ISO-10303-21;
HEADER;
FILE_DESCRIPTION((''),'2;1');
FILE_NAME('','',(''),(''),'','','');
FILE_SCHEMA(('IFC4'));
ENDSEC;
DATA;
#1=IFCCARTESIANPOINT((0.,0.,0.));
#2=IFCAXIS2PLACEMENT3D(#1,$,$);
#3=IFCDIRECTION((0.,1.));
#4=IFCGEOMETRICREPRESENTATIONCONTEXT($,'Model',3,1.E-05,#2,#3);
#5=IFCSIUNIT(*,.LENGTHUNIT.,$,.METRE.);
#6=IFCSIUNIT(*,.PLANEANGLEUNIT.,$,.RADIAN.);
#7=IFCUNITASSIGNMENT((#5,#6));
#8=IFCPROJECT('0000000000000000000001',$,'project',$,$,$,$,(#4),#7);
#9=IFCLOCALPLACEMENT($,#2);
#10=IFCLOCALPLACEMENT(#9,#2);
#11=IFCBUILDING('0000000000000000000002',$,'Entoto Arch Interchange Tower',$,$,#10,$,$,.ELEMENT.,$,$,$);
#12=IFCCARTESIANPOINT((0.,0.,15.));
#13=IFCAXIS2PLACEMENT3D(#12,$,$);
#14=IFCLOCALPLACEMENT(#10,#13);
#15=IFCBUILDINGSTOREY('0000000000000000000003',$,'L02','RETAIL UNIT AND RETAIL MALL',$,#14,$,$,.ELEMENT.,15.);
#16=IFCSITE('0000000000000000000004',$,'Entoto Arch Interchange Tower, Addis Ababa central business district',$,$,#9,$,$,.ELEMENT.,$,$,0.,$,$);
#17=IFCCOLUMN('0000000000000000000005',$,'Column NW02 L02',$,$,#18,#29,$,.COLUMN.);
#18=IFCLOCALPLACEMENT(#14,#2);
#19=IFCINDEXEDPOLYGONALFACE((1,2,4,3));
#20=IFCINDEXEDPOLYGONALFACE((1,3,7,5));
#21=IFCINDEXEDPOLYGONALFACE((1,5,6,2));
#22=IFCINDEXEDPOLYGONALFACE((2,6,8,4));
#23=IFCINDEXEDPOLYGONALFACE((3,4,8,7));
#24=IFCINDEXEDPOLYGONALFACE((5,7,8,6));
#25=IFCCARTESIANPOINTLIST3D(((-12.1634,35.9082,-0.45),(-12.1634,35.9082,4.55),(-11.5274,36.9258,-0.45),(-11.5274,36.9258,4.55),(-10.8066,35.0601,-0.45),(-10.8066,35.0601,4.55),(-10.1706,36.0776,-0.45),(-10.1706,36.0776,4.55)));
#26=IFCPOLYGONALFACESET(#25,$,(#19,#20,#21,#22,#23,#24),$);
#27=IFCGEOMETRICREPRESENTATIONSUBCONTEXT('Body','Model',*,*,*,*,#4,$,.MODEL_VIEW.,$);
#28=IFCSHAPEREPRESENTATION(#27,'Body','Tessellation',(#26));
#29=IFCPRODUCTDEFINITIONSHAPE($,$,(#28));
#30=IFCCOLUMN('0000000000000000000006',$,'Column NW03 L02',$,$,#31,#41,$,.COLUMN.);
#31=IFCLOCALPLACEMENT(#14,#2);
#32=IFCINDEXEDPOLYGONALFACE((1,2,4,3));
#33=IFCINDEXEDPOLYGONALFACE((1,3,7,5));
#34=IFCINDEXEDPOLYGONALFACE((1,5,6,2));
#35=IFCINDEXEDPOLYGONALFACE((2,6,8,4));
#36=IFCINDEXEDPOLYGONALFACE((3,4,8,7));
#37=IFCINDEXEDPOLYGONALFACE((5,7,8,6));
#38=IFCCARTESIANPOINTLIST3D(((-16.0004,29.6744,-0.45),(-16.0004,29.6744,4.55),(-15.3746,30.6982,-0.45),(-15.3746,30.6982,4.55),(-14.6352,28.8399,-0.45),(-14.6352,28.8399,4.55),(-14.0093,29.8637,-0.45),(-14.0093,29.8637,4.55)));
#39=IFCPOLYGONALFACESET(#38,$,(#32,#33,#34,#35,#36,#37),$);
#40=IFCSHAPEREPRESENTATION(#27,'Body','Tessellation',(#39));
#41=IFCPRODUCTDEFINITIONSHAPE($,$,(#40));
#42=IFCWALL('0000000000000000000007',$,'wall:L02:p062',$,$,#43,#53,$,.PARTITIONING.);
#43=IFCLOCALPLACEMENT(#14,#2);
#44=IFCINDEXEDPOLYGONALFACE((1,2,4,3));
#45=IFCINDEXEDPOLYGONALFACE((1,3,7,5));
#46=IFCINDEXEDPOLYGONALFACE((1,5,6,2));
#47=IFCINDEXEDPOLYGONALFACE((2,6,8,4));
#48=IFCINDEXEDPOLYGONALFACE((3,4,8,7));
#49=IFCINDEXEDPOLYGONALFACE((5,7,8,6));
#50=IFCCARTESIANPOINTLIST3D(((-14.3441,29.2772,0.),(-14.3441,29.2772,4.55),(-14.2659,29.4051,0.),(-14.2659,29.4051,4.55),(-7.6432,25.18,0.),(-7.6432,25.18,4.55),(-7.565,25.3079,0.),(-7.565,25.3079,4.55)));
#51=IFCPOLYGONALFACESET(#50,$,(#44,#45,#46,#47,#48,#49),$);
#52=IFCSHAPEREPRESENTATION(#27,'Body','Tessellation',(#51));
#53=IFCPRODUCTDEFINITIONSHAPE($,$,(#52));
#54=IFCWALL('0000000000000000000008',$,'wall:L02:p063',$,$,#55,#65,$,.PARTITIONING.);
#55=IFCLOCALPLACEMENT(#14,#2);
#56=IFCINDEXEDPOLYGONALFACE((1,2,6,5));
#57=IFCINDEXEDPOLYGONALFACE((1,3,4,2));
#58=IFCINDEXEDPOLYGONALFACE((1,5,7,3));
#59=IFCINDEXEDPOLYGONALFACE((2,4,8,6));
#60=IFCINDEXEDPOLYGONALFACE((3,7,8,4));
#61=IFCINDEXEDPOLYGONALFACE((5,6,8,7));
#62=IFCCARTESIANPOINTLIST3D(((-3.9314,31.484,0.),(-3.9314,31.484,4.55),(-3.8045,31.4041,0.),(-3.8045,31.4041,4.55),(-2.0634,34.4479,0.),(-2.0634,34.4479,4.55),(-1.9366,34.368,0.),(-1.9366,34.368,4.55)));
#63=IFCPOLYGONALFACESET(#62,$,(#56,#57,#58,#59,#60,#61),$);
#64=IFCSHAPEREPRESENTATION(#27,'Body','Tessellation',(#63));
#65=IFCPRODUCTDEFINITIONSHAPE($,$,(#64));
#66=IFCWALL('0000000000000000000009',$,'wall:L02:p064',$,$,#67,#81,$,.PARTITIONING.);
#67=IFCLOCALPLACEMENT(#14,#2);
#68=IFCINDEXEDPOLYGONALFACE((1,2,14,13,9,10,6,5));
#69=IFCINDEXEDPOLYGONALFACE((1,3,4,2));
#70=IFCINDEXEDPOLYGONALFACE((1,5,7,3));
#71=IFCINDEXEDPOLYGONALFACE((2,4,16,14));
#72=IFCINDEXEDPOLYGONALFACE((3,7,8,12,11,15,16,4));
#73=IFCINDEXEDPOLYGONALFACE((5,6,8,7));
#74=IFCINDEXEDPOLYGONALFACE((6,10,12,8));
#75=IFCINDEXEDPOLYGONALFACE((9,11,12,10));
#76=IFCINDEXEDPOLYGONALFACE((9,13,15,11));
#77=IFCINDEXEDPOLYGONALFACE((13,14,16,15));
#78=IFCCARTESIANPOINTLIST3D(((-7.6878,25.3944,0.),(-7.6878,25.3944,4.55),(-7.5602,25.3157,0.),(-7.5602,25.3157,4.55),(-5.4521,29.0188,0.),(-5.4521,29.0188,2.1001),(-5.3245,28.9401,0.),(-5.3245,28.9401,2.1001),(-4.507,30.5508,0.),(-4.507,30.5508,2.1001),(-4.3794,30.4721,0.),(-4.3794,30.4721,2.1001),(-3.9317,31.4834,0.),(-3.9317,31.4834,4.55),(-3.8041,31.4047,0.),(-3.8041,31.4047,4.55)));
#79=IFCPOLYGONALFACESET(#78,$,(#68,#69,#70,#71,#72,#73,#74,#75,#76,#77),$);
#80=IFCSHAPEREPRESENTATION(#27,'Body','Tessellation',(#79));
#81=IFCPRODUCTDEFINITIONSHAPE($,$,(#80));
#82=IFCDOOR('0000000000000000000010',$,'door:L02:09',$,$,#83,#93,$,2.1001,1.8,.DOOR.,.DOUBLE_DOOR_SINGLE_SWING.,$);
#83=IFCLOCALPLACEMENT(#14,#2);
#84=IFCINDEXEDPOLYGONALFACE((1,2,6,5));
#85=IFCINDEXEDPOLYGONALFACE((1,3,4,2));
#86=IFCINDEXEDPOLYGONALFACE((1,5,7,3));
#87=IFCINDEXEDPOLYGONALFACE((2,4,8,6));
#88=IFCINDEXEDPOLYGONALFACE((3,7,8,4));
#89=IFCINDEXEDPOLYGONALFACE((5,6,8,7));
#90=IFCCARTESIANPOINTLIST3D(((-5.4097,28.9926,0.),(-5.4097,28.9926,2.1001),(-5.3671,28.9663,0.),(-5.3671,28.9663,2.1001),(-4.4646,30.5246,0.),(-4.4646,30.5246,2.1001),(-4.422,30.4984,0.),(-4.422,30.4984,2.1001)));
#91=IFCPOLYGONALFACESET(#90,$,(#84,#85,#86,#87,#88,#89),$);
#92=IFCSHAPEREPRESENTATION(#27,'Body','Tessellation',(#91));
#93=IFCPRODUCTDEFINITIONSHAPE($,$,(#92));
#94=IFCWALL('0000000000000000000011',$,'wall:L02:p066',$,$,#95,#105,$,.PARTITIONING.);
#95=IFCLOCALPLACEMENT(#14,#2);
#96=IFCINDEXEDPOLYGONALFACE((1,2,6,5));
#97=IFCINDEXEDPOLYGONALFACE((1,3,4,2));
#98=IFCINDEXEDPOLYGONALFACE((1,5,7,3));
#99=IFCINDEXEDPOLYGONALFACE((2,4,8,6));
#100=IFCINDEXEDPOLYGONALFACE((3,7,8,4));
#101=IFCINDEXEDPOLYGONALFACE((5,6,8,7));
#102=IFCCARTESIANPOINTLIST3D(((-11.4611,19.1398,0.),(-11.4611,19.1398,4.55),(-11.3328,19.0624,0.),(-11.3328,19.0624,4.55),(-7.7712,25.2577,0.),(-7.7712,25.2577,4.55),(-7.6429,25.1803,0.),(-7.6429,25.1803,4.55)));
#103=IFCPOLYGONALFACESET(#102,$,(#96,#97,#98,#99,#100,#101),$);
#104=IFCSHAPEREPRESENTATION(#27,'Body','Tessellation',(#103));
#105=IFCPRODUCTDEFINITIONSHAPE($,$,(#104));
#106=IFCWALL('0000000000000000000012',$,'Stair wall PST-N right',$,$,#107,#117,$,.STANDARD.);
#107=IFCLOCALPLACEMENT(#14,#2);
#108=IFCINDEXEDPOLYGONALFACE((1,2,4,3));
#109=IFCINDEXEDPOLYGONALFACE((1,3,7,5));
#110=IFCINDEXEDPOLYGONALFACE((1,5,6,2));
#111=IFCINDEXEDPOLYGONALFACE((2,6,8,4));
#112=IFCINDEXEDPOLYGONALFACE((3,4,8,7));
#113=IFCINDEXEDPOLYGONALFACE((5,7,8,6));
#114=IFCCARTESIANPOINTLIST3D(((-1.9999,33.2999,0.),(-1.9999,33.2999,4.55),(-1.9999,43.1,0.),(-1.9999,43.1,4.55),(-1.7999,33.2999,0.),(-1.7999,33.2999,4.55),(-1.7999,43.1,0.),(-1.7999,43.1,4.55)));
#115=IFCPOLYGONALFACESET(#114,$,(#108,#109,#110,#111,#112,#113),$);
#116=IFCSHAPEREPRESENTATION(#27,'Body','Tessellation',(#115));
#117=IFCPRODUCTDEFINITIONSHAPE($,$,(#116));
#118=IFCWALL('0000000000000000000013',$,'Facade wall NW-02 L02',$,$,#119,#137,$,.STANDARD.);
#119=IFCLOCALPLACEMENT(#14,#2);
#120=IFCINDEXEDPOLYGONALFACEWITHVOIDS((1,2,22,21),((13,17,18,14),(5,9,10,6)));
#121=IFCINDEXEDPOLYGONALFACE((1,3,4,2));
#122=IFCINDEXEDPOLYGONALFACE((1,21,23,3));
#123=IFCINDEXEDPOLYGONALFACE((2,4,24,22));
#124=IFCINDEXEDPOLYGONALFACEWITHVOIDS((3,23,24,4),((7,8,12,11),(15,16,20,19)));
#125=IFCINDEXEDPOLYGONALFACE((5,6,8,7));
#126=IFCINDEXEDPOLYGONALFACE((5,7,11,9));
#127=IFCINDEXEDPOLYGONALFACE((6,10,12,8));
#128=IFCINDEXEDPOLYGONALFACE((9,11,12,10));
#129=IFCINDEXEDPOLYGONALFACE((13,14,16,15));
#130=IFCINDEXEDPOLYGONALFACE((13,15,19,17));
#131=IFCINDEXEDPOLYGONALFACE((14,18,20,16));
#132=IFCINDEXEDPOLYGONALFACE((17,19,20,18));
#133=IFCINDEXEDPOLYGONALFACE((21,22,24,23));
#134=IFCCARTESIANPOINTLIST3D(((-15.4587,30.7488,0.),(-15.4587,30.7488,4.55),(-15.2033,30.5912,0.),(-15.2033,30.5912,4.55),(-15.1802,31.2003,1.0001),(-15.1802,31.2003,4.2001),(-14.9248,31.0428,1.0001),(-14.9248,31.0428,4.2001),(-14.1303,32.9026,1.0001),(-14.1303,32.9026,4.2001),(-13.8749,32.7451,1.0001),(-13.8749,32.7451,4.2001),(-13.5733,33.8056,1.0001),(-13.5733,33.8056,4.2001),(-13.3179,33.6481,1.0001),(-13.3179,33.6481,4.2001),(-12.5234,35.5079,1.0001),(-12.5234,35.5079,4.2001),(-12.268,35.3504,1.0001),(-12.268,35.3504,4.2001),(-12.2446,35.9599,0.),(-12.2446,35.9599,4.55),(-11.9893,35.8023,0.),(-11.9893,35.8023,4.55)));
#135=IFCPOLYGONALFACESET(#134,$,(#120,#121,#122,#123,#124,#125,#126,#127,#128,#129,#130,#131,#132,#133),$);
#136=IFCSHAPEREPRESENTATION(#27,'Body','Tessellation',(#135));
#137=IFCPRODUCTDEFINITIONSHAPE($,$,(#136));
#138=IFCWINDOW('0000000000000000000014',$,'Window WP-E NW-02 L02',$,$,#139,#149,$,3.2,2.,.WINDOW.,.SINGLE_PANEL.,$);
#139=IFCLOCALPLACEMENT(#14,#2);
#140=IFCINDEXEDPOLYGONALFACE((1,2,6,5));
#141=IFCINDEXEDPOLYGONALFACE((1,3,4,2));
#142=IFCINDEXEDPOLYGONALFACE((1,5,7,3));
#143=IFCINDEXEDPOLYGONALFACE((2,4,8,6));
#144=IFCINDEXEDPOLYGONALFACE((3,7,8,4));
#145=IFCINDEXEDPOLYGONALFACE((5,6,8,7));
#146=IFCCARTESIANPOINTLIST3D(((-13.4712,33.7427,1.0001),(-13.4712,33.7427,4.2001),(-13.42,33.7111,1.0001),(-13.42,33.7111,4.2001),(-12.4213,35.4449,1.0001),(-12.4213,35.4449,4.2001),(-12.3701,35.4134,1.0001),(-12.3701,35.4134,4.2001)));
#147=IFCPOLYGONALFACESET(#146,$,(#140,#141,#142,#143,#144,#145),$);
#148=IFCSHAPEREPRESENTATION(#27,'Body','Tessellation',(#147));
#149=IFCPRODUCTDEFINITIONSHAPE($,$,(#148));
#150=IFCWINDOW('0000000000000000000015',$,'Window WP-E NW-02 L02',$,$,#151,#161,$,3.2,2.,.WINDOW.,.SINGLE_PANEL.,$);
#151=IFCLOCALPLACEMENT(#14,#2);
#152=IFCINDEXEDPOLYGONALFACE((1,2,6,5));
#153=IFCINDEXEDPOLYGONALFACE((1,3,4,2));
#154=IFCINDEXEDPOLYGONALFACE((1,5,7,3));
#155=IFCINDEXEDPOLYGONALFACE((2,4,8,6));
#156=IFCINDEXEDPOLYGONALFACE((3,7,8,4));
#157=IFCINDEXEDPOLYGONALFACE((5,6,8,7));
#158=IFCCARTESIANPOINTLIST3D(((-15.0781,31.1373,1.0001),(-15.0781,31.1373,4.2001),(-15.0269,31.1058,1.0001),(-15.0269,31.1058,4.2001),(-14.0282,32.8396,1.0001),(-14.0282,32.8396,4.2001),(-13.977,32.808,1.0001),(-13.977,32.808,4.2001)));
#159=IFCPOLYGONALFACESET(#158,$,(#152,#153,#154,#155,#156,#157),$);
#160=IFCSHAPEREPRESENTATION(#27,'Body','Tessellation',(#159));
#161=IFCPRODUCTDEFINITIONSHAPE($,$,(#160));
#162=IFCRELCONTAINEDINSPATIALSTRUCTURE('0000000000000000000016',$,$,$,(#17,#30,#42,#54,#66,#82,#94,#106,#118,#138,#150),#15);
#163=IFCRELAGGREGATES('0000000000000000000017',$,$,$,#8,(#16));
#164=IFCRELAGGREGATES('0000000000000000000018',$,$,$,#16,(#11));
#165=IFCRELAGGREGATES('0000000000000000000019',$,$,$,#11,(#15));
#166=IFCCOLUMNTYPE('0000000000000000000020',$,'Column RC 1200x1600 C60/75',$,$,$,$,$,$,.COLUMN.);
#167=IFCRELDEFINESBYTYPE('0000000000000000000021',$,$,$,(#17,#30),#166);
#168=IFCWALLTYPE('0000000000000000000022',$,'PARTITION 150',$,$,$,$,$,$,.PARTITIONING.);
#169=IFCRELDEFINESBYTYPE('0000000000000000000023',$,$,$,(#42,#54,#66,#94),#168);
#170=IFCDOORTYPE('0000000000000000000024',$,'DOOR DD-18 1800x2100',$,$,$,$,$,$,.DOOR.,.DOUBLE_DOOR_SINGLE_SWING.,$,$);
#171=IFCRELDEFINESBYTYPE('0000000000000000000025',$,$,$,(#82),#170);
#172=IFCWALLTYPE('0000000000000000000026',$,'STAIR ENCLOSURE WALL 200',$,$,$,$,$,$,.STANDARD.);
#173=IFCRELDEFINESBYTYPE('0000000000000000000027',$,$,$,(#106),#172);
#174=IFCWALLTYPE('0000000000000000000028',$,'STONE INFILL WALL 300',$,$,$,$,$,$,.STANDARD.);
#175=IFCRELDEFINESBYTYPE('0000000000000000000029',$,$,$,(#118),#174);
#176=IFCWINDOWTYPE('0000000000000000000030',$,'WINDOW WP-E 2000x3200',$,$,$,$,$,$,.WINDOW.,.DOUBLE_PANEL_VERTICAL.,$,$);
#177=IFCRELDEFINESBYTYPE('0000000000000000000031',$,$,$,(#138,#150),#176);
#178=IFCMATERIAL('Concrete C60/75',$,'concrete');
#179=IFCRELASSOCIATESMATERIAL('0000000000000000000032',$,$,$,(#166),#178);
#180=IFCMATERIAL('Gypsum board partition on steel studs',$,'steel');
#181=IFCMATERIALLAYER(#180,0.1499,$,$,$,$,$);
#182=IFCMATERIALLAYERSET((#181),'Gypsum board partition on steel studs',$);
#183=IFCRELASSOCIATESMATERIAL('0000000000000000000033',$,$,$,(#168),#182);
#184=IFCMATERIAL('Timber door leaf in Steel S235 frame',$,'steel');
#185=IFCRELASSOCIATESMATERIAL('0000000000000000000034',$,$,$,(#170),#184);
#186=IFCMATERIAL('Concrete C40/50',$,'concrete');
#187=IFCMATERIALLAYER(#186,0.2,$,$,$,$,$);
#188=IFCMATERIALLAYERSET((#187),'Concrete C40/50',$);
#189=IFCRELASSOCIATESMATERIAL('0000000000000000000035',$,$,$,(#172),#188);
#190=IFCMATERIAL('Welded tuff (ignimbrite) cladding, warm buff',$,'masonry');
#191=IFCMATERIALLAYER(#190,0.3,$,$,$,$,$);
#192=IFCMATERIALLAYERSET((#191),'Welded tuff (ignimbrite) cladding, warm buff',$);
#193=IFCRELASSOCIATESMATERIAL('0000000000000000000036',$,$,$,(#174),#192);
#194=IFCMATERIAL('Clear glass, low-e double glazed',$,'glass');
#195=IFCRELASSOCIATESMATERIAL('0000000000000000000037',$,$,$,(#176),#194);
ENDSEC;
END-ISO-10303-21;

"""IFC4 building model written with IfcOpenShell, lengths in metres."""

from ifc_helpers import new_model, si_unit, direction, frame, frame_2d, origin, origin_2d, place, context, subcontext, project, spatial, rectangle, extrude, material, layer, layer_set, material_profile, profile_set, type_object, element, fill, save


model = new_model("IFC4")

# Units and contexts
model_context = context("Model", 3, precision=1e-05, world=origin(), true_north=direction((0.0, 1.0)))
body_context = subcontext(model_context, "Body", "Model", "MODEL_VIEW")
ifc_project = project(units=[si_unit("LENGTHUNIT", "METRE"), si_unit("PLANEANGLEUNIT", "RADIAN")], contexts=[model_context])

# Site, building, storey
site_placement = place(None, origin())
site = spatial("IfcSite", under=ifc_project, at=site_placement, Name="Entoto Arch Interchange Tower, Addis Ababa central business district", CompositionType="ELEMENT", RefElevation=0.0)
building_placement = place(site_placement, origin())
building = spatial("IfcBuilding", under=site, at=building_placement, Name="Entoto Arch Interchange Tower", CompositionType="ELEMENT")
storey_placement = place(building_placement, frame((0.0, 0.0, 15.0)))
storey = spatial("IfcBuildingStorey", under=building, at=storey_placement, Name="L02", Description="RETAIL UNIT AND RETAIL MALL", CompositionType="ELEMENT", Elevation=15.0)

# Columns
ifc_material_1 = material(Name="Concrete C60/75", Category="concrete")
ifc_material_profile = material_profile(ifc_material_1, rectangle(XDim=1.2, YDim=1.6001, at=origin_2d()))
ifc_profile_set = profile_set([ifc_material_profile], Name="Concrete C60/75")
column_type = type_object("IfcColumnType", Name="Column RC 1200x1600 C60/75", PredefinedType="COLUMN", material=ifc_profile_set)
for number, where, z_axis, x_axis, name in (
    (1, (-11.167, 35.9929, -0.45), (0.0, 0.0, 1.0), (0.530067, 0.847956, 0.0), "Column NW02 L02"),
    (2, (-15.0049, 29.769, -0.45), (0.0, 0.0, 1.0), (0.521546, 0.853223, 0.0), "Column NW03 L02"),
):
    element("IfcColumn", number, at=place(storey_placement, frame(where, z_axis=z_axis, x_axis=x_axis)), inside=storey, type_object=column_type, Name=name, PredefinedType="COLUMN", context=body_context, shape_type="SweptSolid", body=[
        extrude(rectangle(XDim=1.2, YDim=1.6001, at=origin_2d()), origin(), (0.0, 0.0, 1.0), 5.0),
    ])

# Walls
ifc_material_2 = material(Name="Gypsum board partition on steel studs", Category="steel")
ifc_layer_1 = layer(ifc_material_2, 0.1499)
ifc_layer_set_1 = layer_set([ifc_layer_1], Name="Gypsum board partition on steel studs")
wall_type_1 = type_object("IfcWallType", Name="PARTITION 150", PredefinedType="PARTITIONING", material=ifc_layer_set_1)
wall_1_placement = place(storey_placement, frame((-7.604, 25.2439, 0.0), z_axis=(0.0, 0.0, 1.0), x_axis=(-0.85316, 0.52165, 0.0)))
element("IfcWall", 3, at=wall_1_placement, inside=storey, type_object=wall_type_1, Name="wall:L02:p062", PredefinedType="PARTITIONING", context=body_context, shape_type="SweptSolid", body=[
    extrude(rectangle(XDim=7.8542, YDim=0.1499, at=frame_2d((3.9272, 0.0))), origin(), (0.0, 0.0, 1.0), 4.55),
])
wall_2_placement = place(storey_placement, frame((-2.0, 34.408, 0.0), z_axis=(0.0, 0.0, 1.0), x_axis=(-0.533177, -0.846004, 0.0)))
element("IfcWall", 4, at=wall_2_placement, inside=storey, type_object=wall_type_1, Name="wall:L02:p063", PredefinedType="PARTITIONING", context=body_context, shape_type="SweptSolid", body=[
    extrude(rectangle(XDim=3.5034, YDim=0.1499, at=frame_2d((1.7517, 0.0))), origin(), (0.0, 0.0, 1.0), 4.55),
])

# Wall, opening, door
wall_3_placement = place(storey_placement, frame((-3.8679, 31.4441, 0.0), z_axis=(0.0, 0.0, 1.0), x_axis=(-0.525005, -0.851099, 0.0)))
wall_3 = element("IfcWall", 5, at=wall_3_placement, inside=storey, type_object=wall_type_1, Name="wall:L02:p064", PredefinedType="PARTITIONING", context=body_context, shape_type="SweptSolid", body=[
    extrude(rectangle(XDim=7.1543, YDim=0.1499, at=frame_2d((3.5771, 0.0))), origin(), (0.0, 0.0, 1.0), 4.55),
])
opening_1_placement = place(wall_3_placement, frame((1.0959, 0.0, 0.0)))
opening_1 = element("IfcOpeningElement", 6, at=opening_1_placement, cuts=wall_3, PredefinedType="OPENING", context=body_context, shape_type="SweptSolid", body=[
    extrude(rectangle(XDim=1.8, YDim=2.1001, at=frame_2d((0.8999, 1.05))), frame((0.0, 0.085, 0.0), z_axis=(0.0, -1.0, 0.0), x_axis=(1.0, 0.0, 0.0)), (0.0, 0.0, 1.0), 0.1699),
])
ifc_material_3 = material(Name="Timber door leaf in Steel S235 frame", Category="steel")
door_type = type_object("IfcDoorType", Name="DOOR DD-18 1800x2100", OperationType="DOUBLE_DOOR_SINGLE_SWING", PredefinedType="DOOR", material=ifc_material_3)
door_placement = place(opening_1_placement, origin())
door = element("IfcDoor", 7, at=door_placement, inside=storey, type_object=door_type, Name="door:L02:09", OperationType="DOUBLE_DOOR_SINGLE_SWING", OverallHeight=2.1001, OverallWidth=1.8, PredefinedType="DOOR", context=body_context, shape_type="SweptSolid", body=[
    extrude(rectangle(XDim=1.8, YDim=2.1001, at=frame_2d((0.8999, 1.05))), frame((0.0, 0.0249, 0.0), z_axis=(0.0, -1.0, 0.0), x_axis=(1.0, 0.0, 0.0)), (0.0, 0.0, 1.0), 0.05),
])
fill(opening_1, door)

# Walls
wall_4_placement = place(storey_placement, frame((-7.707, 25.219, 0.0), z_axis=(0.0, 0.0, 1.0), x_axis=(-0.516469, -0.856306, 0.0)))
element("IfcWall", 8, at=wall_4_placement, inside=storey, type_object=wall_type_1, Name="wall:L02:p066", PredefinedType="PARTITIONING", context=body_context, shape_type="SweptSolid", body=[
    extrude(rectangle(XDim=7.1445, YDim=0.1499, at=frame_2d((3.5723, 0.0))), origin(), (0.0, 0.0, 1.0), 4.55),
])
ifc_material_4 = material(Name="Concrete C40/50", Category="concrete")
ifc_layer_2 = layer(ifc_material_4, 0.2)
ifc_layer_set_2 = layer_set([ifc_layer_2], Name="Concrete C40/50")
wall_type_2 = type_object("IfcWallType", Name="STAIR ENCLOSURE WALL 200", PredefinedType="STANDARD", material=ifc_layer_set_2)
wall_5_placement = place(storey_placement, frame((-1.8999, 33.3, 0.0), z_axis=(0.0, 0.0, 1.0), x_axis=(0.0, 1.0, 0.0)))
element("IfcWall", 9, at=wall_5_placement, inside=storey, type_object=wall_type_2, Name="Stair wall PST-N right", PredefinedType="STANDARD", context=body_context, shape_type="SweptSolid", body=[
    extrude(rectangle(XDim=9.8, YDim=0.2, at=frame_2d((4.8999, 0.0))), origin(), (0.0, 0.0, 1.0), 4.55),
])

# Wall, openings, windows
ifc_material_5 = material(Name="Welded tuff (ignimbrite) cladding, warm buff", Category="masonry")
ifc_layer_3 = layer(ifc_material_5, 0.3)
ifc_layer_set_3 = layer_set([ifc_layer_3], Name="Welded tuff (ignimbrite) cladding, warm buff")
wall_type_3 = type_object("IfcWallType", Name="STONE INFILL WALL 300", PredefinedType="STANDARD", material=ifc_layer_set_3)
wall_6_placement = place(storey_placement, frame((-12.1169, 35.8811, 0.0), z_axis=(0.0, 0.0, 1.0), x_axis=(-0.524954, -0.851131, 0.0)))
wall_6 = element("IfcWall", 10, at=wall_6_placement, inside=storey, type_object=wall_type_3, Name="Facade wall NW-02 L02", PredefinedType="STANDARD", context=body_context, shape_type="SweptSolid", body=[
    extrude(rectangle(XDim=6.1226, YDim=0.3, at=frame_2d((3.0613, 0.0))), origin(), (0.0, 0.0, 1.0), 4.55),
])
opening_2_placement = place(wall_6_placement, frame((0.531, 0.0, 1.0)))
opening_2 = element("IfcOpeningElement", 11, at=opening_2_placement, cuts=wall_6, PredefinedType="OPENING", context=body_context, shape_type="SweptSolid", body=[
    extrude(rectangle(XDim=2.0, YDim=3.2, at=frame_2d((1.0, 1.6001))), frame((0.0, 0.1602, 0.0), z_axis=(0.0, -1.0, 0.0), x_axis=(1.0, 0.0, 0.0)), (0.0, 0.0, 1.0), 0.3201),
])
opening_3_placement = place(wall_6_placement, frame((3.592, 0.0, 1.0)))
opening_3 = element("IfcOpeningElement", 12, at=opening_3_placement, cuts=wall_6, PredefinedType="OPENING", context=body_context, shape_type="SweptSolid", body=[
    extrude(rectangle(XDim=2.0, YDim=3.2, at=frame_2d((1.0, 1.6001))), frame((0.0, 0.1602, 0.0), z_axis=(0.0, -1.0, 0.0), x_axis=(1.0, 0.0, 0.0)), (0.0, 0.0, 1.0), 0.3201),
])
ifc_material_6 = material(Name="Clear glass, low-e double glazed", Category="glass")
window_type = type_object("IfcWindowType", Name="WINDOW WP-E 2000x3200", PartitioningType="DOUBLE_PANEL_VERTICAL", PredefinedType="WINDOW", material=ifc_material_6)
window_1_placement = place(opening_2_placement, origin())
window_1 = element("IfcWindow", 13, at=window_1_placement, inside=storey, type_object=window_type, Name="Window WP-E NW-02 L02", OverallHeight=3.2, OverallWidth=2.0, PartitioningType="SINGLE_PANEL", PredefinedType="WINDOW", context=body_context, shape_type="SweptSolid", body=[
    extrude(rectangle(XDim=2.0, YDim=3.2, at=frame_2d((1.0, 1.6001))), frame((0.0, 0.03, 0.0), z_axis=(0.0, -1.0, 0.0), x_axis=(1.0, 0.0, 0.0)), (0.0, 0.0, 1.0), 0.0601),
])
fill(opening_2, window_1)
window_2_placement = place(opening_3_placement, origin())
window_2 = element("IfcWindow", 14, at=window_2_placement, inside=storey, type_object=window_type, Name="Window WP-E NW-02 L02", OverallHeight=3.2, OverallWidth=2.0, PartitioningType="SINGLE_PANEL", PredefinedType="WINDOW", context=body_context, shape_type="SweptSolid", body=[
    extrude(rectangle(XDim=2.0, YDim=3.2, at=frame_2d((1.0, 1.6001))), frame((0.0, 0.03, 0.0), z_axis=(0.0, -1.0, 0.0), x_axis=(1.0, 0.0, 0.0)), (0.0, 0.0, 1.0), 0.0601),
])
fill(opening_3, window_2)

save(model, "model.ifc")
